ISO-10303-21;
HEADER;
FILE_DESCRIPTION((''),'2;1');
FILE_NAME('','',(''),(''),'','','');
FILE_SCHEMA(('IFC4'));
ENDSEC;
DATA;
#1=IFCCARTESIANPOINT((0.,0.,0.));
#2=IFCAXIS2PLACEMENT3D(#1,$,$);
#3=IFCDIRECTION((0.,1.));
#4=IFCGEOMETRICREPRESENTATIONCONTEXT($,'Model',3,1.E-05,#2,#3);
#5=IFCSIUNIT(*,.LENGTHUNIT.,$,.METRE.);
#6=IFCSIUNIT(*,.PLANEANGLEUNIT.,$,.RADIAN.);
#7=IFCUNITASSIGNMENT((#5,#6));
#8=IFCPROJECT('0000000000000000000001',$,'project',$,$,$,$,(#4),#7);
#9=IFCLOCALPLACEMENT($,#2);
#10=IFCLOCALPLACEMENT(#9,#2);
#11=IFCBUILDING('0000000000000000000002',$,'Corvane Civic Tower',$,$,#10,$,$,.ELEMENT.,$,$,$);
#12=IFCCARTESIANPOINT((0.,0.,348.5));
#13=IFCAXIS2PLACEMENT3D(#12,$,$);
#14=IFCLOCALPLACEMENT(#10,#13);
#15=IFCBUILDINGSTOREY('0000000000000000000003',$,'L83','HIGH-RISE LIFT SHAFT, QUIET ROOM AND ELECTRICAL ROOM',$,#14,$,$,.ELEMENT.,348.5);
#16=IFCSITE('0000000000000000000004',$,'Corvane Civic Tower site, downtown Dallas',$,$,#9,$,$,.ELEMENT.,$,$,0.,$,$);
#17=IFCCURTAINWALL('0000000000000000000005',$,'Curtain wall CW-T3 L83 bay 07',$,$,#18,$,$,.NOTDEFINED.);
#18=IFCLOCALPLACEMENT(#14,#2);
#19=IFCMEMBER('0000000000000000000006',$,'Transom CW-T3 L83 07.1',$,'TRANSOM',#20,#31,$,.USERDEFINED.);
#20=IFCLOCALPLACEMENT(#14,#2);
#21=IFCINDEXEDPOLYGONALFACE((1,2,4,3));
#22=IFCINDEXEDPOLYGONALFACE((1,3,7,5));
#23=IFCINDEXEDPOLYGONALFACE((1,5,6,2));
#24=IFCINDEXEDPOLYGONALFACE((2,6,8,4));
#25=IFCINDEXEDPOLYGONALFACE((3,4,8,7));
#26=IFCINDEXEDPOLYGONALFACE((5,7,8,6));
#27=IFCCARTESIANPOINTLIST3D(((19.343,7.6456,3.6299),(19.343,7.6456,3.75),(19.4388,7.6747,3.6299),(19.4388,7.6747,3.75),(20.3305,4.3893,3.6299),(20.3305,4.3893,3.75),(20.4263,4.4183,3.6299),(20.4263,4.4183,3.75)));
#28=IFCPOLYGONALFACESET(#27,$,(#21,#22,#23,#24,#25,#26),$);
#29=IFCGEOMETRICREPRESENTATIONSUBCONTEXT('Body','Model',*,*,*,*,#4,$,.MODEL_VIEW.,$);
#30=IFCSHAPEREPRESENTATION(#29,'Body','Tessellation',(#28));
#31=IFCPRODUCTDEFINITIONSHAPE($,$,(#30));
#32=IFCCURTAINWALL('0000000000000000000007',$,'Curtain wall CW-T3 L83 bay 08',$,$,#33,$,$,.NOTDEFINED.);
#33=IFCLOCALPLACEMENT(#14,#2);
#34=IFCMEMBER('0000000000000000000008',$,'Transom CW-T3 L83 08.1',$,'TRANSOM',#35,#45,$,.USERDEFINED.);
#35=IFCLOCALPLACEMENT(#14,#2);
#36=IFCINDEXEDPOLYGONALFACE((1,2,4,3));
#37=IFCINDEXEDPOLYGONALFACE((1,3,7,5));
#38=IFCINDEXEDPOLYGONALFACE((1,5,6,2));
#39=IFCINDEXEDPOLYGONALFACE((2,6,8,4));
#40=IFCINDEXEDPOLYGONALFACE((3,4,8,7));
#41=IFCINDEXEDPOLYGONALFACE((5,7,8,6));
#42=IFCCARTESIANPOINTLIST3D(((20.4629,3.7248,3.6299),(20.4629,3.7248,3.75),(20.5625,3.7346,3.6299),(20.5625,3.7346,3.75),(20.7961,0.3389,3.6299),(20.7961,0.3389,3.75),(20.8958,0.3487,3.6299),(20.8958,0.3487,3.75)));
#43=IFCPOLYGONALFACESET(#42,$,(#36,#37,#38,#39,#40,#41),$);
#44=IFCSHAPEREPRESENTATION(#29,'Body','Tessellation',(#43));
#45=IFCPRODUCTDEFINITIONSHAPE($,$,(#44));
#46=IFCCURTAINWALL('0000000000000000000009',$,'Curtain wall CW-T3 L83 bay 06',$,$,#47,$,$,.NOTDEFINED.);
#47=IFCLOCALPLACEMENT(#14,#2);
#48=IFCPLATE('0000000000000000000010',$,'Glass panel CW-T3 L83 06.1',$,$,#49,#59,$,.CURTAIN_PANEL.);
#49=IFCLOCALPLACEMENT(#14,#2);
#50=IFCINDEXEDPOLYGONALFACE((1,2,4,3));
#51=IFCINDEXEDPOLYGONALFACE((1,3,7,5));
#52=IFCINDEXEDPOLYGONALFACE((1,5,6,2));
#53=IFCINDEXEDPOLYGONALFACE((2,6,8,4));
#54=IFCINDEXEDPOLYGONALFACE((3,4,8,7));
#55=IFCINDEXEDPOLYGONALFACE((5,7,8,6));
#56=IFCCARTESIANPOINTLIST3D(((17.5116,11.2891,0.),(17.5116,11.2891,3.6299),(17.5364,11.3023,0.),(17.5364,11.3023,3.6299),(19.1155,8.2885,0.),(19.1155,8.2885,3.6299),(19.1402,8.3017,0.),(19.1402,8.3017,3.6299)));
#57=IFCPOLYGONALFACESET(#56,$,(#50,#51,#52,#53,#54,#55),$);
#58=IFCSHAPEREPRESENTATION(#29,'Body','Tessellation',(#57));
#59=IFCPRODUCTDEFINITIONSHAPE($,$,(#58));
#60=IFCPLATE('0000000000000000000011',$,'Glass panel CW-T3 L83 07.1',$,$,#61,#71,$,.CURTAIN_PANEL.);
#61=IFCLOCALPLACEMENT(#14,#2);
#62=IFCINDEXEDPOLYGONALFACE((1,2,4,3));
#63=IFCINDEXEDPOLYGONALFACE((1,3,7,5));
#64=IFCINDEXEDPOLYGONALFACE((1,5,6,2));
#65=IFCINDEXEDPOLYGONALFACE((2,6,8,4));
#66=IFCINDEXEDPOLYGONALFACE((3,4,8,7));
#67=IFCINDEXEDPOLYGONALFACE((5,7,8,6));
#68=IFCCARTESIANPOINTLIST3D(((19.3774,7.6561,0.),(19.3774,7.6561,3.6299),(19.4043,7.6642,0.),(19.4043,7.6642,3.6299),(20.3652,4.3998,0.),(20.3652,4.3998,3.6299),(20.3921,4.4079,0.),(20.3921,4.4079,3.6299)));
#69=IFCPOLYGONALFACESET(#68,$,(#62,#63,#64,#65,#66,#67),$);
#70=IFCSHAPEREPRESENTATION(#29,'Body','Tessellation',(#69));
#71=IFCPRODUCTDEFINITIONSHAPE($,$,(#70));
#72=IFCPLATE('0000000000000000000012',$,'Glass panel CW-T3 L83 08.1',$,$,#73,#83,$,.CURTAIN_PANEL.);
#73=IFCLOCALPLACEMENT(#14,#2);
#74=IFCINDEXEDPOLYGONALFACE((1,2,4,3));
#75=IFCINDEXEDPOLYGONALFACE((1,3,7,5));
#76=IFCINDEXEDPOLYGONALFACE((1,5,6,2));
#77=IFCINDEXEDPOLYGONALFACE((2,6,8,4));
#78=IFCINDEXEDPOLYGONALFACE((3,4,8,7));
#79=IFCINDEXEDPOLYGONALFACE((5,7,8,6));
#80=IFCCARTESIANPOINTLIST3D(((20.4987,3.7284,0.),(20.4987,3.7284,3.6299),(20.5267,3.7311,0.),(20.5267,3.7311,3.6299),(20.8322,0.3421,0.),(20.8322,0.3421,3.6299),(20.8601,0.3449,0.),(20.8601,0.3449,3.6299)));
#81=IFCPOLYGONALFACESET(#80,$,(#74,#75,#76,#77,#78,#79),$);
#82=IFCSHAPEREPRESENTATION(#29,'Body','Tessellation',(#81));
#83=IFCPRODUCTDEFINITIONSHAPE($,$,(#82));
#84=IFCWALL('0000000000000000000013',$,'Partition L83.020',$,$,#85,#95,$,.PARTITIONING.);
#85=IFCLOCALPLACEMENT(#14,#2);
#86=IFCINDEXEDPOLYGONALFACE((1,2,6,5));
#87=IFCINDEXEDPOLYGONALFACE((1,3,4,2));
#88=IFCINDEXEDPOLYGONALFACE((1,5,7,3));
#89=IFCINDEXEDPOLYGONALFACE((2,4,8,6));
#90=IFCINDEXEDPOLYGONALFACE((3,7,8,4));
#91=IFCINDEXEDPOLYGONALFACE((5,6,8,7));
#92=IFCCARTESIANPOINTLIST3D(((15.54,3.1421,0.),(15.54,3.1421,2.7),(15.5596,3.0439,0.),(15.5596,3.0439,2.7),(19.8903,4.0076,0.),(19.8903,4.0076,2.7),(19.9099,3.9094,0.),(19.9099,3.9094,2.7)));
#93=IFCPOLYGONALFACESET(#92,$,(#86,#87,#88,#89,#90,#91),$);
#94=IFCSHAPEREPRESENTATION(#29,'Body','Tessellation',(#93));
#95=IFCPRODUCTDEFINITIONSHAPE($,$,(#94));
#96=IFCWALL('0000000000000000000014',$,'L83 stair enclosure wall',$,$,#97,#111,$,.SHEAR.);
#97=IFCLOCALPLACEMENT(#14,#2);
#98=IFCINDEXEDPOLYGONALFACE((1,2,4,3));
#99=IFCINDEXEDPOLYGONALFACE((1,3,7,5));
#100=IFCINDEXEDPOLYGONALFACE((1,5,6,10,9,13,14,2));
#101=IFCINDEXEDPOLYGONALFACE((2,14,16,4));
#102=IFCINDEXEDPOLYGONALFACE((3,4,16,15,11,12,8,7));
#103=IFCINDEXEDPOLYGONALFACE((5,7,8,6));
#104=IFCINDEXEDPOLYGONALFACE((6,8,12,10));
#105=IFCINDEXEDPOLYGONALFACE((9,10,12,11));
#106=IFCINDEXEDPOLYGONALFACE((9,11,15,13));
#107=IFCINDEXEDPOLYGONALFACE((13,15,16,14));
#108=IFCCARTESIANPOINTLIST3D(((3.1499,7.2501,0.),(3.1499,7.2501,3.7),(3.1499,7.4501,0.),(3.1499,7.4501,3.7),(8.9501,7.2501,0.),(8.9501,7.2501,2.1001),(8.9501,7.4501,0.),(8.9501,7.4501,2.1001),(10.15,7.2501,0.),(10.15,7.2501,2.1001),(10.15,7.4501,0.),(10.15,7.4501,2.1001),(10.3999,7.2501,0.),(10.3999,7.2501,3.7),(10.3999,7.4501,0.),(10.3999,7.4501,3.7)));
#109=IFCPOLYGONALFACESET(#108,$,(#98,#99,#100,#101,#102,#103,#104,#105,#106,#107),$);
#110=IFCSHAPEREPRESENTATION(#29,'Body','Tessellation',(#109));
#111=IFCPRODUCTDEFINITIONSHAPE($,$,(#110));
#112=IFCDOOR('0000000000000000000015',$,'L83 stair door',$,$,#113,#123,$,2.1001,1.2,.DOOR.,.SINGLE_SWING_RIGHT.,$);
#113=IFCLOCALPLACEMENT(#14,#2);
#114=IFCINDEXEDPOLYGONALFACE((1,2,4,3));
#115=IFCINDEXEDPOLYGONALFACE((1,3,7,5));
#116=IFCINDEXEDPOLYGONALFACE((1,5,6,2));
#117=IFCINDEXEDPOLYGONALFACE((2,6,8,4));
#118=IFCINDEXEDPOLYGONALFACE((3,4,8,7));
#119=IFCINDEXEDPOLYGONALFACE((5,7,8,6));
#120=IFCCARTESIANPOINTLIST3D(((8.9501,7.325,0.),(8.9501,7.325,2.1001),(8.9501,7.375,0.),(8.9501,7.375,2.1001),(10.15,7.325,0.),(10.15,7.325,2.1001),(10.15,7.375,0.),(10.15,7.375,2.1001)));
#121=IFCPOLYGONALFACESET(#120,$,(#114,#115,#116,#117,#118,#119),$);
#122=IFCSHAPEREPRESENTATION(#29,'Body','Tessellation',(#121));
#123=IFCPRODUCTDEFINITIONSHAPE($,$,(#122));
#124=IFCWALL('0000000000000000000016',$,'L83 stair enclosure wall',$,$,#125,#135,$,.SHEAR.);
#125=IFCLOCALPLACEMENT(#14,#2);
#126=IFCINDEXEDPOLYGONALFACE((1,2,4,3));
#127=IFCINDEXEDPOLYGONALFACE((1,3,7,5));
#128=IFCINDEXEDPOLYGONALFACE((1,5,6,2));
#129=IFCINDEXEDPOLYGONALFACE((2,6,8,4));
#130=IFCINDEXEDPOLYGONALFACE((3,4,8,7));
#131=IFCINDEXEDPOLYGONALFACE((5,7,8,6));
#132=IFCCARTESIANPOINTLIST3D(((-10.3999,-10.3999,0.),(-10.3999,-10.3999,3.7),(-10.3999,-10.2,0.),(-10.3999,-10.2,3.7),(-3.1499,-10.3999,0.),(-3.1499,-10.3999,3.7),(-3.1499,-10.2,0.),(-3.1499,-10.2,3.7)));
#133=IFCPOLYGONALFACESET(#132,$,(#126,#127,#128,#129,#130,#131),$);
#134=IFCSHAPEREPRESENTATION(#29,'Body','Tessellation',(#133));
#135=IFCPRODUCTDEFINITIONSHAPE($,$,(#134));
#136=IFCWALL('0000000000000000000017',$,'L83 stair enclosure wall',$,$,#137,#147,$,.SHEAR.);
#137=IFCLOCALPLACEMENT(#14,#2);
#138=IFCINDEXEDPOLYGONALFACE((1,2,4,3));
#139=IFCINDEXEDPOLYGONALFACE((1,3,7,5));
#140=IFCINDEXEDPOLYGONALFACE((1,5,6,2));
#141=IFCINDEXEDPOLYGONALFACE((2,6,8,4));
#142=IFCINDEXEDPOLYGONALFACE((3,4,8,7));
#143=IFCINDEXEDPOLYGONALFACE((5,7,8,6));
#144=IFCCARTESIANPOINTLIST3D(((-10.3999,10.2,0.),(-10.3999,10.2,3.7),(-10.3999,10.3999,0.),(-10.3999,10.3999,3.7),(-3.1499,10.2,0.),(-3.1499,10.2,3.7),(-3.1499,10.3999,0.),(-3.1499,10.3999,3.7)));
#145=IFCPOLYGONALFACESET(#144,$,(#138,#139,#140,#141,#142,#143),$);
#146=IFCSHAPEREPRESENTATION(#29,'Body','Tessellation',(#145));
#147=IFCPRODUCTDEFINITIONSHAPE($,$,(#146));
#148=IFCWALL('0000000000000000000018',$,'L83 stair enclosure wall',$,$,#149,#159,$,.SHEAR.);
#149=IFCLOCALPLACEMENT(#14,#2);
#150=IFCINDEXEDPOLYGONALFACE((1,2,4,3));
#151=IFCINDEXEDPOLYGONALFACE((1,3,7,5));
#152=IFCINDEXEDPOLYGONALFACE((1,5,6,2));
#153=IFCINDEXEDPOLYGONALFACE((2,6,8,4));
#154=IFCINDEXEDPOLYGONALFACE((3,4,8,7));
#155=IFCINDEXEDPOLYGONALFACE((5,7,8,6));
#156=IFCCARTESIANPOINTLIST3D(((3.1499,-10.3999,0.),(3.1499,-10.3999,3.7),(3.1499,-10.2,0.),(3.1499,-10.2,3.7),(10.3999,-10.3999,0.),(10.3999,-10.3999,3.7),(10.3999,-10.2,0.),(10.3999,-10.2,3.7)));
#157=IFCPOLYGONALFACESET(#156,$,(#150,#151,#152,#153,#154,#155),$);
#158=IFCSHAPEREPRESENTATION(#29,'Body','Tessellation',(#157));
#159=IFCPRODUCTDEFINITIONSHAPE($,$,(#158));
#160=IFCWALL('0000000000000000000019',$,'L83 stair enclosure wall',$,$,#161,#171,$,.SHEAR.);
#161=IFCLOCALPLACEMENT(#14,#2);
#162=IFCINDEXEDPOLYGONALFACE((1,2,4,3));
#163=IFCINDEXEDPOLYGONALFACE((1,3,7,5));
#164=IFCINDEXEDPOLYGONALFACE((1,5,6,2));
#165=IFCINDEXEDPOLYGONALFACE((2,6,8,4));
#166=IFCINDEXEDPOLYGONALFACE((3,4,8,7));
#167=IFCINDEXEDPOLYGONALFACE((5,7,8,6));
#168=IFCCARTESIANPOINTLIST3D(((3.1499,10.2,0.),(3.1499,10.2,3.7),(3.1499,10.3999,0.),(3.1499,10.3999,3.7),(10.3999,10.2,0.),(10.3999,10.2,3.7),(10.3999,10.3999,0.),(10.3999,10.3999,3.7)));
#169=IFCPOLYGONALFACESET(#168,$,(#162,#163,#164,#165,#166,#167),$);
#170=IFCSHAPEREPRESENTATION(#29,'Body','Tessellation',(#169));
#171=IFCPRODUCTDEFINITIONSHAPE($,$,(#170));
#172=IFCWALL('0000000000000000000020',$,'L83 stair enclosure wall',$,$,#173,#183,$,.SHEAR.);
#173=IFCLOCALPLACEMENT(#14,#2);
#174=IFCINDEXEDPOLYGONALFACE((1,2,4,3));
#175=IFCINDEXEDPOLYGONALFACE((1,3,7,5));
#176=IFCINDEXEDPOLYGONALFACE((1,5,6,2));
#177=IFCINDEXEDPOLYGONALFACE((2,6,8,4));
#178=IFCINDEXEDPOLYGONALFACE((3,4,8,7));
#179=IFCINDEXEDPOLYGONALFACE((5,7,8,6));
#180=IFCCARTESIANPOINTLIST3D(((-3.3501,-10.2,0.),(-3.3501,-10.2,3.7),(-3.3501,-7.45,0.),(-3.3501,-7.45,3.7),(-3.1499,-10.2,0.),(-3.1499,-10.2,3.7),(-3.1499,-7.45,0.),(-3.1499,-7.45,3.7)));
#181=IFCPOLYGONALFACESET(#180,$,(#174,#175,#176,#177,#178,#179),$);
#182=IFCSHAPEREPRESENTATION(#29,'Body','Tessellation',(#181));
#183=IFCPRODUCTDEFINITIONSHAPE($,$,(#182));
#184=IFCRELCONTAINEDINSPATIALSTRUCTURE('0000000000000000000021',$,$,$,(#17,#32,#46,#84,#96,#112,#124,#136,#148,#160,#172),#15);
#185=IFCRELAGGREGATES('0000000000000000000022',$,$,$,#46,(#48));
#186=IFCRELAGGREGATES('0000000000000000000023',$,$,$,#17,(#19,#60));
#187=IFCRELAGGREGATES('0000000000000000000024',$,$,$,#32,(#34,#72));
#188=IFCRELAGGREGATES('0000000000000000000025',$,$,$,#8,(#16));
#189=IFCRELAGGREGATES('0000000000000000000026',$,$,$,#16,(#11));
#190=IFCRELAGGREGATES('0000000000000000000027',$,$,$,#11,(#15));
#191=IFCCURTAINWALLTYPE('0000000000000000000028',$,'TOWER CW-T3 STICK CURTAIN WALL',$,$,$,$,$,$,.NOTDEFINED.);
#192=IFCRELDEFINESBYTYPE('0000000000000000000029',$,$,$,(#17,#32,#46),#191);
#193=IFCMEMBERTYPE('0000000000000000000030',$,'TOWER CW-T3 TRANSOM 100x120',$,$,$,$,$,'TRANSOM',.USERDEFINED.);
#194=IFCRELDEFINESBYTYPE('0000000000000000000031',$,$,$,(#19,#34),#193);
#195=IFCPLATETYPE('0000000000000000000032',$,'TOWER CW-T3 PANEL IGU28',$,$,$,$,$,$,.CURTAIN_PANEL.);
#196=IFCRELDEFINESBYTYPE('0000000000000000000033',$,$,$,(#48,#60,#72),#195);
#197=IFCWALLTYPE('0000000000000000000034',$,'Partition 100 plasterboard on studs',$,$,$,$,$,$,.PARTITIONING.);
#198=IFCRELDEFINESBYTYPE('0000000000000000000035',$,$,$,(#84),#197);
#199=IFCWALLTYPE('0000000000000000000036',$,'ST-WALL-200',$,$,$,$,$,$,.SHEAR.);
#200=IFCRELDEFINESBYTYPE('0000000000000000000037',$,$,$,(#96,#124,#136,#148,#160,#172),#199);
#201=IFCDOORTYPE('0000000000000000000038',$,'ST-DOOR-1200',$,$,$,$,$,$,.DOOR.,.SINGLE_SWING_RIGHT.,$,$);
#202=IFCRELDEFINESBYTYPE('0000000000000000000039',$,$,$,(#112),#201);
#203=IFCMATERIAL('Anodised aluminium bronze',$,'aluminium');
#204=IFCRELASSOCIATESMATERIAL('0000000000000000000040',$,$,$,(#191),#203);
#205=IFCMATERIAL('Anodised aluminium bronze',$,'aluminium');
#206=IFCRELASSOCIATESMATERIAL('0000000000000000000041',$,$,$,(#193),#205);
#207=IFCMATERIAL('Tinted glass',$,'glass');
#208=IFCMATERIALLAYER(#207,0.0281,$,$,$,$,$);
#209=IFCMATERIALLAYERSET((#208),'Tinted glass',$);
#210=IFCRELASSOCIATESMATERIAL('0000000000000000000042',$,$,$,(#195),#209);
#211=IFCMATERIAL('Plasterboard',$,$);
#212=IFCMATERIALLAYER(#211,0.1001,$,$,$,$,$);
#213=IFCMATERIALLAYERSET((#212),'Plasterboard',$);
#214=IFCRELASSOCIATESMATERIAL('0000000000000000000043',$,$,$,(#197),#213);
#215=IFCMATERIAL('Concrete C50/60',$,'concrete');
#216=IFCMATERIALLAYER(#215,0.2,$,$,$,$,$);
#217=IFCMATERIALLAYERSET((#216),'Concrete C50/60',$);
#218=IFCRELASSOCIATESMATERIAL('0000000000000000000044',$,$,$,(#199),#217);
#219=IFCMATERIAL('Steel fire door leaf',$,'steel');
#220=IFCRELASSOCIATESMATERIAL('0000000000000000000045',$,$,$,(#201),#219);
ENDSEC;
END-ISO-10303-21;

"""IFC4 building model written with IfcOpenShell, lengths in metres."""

from ifc_helpers import new_model, si_unit, direction, frame, frame_2d, origin, origin_2d, place, context, subcontext, project, spatial, polyline, rectangle, outline, extrude, material, layer, layer_set, material_profile, profile_set, type_object, element, fill, aggregate, save


model = new_model("IFC4")

# Units and contexts
model_context = context("Model", 3, precision=1e-05, world=origin(), true_north=direction((0.0, 1.0)))
body_context = subcontext(model_context, "Body", "Model", "MODEL_VIEW")
ifc_project = project(units=[si_unit("LENGTHUNIT", "METRE"), si_unit("PLANEANGLEUNIT", "RADIAN")], contexts=[model_context])

# Site, building, storey
site_placement = place(None, origin())
site = spatial("IfcSite", under=ifc_project, at=site_placement, Name="Corvane Civic Tower site, downtown Dallas", CompositionType="ELEMENT", RefElevation=0.0)
building_placement = place(site_placement, origin())
building = spatial("IfcBuilding", under=site, at=building_placement, Name="Corvane Civic Tower", CompositionType="ELEMENT")
storey_placement = place(building_placement, frame((0.0, 0.0, 348.5)))
storey = spatial("IfcBuildingStorey", under=building, at=storey_placement, Name="L83", Description="HIGH-RISE LIFT SHAFT, QUIET ROOM AND ELECTRICAL ROOM", CompositionType="ELEMENT", Elevation=348.5)

# Curtain walls, members
ifc_material_1 = material(Name="Anodised aluminium bronze", Category="aluminium")
curtain_wall_type = type_object("IfcCurtainWallType", Name="TOWER CW-T3 STICK CURTAIN WALL", PredefinedType="NOTDEFINED", material=ifc_material_1)
curtain_wall_1_placement = place(storey_placement, origin())
curtain_wall_1 = element("IfcCurtainWall", 1, at=curtain_wall_1_placement, inside=storey, type_object=curtain_wall_type, Name="Curtain wall CW-T3 L83 bay 07", PredefinedType="NOTDEFINED")
ifc_material_2 = material(Name="Anodised aluminium bronze", Category="aluminium")
ifc_material_profile_1 = material_profile(ifc_material_2, rectangle(XDim=0.1001, YDim=0.1201, at=origin_2d()), Name="TOWER CW-T3 TRANSOM 100x120")
ifc_profile_set_1 = profile_set([ifc_material_profile_1], Name="Anodised aluminium bronze")
member_type = type_object("IfcMemberType", Name="TOWER CW-T3 TRANSOM 100x120", ElementType="TRANSOM", PredefinedType="USERDEFINED", material=ifc_profile_set_1)
member_1_placement = place(storey_placement, frame((19.3909, 7.6602, 3.6899), z_axis=(0.290216, -0.956961, 0.0), x_axis=(0.956961, 0.290216, 0.0)))
member_1 = element("IfcMember", 2, at=member_1_placement, type_object=member_type, Name="Transom CW-T3 L83 07.1", ObjectType="TRANSOM", PredefinedType="USERDEFINED", context=body_context, shape_type="SweptSolid", body=[
    extrude(rectangle(XDim=0.1001, YDim=0.1201, at=origin_2d()), origin(), (0.0, 0.0, 1.0), 3.4028),
])
curtain_wall_2_placement = place(storey_placement, origin())
curtain_wall_2 = element("IfcCurtainWall", 3, at=curtain_wall_2_placement, inside=storey, type_object=curtain_wall_type, Name="Curtain wall CW-T3 L83 bay 08", PredefinedType="NOTDEFINED")
member_2_placement = place(storey_placement, frame((20.5127, 3.7297, 3.6899), z_axis=(0.097948, -0.995192, 0.0), x_axis=(0.995192, 0.097948, 0.0)))
member_2 = element("IfcMember", 4, at=member_2_placement, type_object=member_type, Name="Transom CW-T3 L83 08.1", ObjectType="TRANSOM", PredefinedType="USERDEFINED", context=body_context, shape_type="SweptSolid", body=[
    extrude(rectangle(XDim=0.1001, YDim=0.1201, at=origin_2d()), origin(), (0.0, 0.0, 1.0), 3.4023),
])

# Curtain wall, plate
curtain_wall_3_placement = place(storey_placement, origin())
curtain_wall_3 = element("IfcCurtainWall", 5, at=curtain_wall_3_placement, inside=storey, type_object=curtain_wall_type, Name="Curtain wall CW-T3 L83 bay 06", PredefinedType="NOTDEFINED")
ifc_material_3 = material(Name="Tinted glass", Category="glass")
ifc_layer_1 = layer(ifc_material_3, 0.0281)
ifc_layer_set_1 = layer_set([ifc_layer_1], Name="Tinted glass")
plate_type = type_object("IfcPlateType", Name="TOWER CW-T3 PANEL IGU28", PredefinedType="CURTAIN_PANEL", material=ifc_layer_set_1)
plate_1_placement = place(storey_placement, frame((18.3259, 9.7954, 0.0), z_axis=(0.0, 0.0, 1.0), x_axis=(0.471384, -0.881928, 0.0)))
plate_1 = element("IfcPlate", 6, at=plate_1_placement, type_object=plate_type, Name="Glass panel CW-T3 L83 06.1", PredefinedType="CURTAIN_PANEL", context=body_context, shape_type="SweptSolid", body=[
    extrude(rectangle(XDim=3.4023, YDim=0.0281, at=origin_2d()), origin(), (0.0, 0.0, 1.0), 3.6299),
])
aggregate(curtain_wall_3, [plate_1])

# Plates
plate_2_placement = place(storey_placement, frame((19.8848, 6.032, 0.0), z_axis=(0.0, 0.0, 1.0), x_axis=(0.29029, -0.956939, 0.0)))
plate_2 = element("IfcPlate", 7, at=plate_2_placement, type_object=plate_type, Name="Glass panel CW-T3 L83 07.1", PredefinedType="CURTAIN_PANEL", context=body_context, shape_type="SweptSolid", body=[
    extrude(rectangle(XDim=3.4028, YDim=0.0281, at=origin_2d()), origin(), (0.0, 0.0, 1.0), 3.6299),
])
aggregate(curtain_wall_1, [member_1, plate_2])
plate_3_placement = place(storey_placement, frame((20.6794, 2.0366, 0.0), z_axis=(0.0, 0.0, 1.0), x_axis=(0.097998, -0.995187, 0.0)))
plate_3 = element("IfcPlate", 8, at=plate_3_placement, type_object=plate_type, Name="Glass panel CW-T3 L83 08.1", PredefinedType="CURTAIN_PANEL", context=body_context, shape_type="SweptSolid", body=[
    extrude(rectangle(XDim=3.4026, YDim=0.0281, at=origin_2d()), origin(), (0.0, 0.0, 1.0), 3.6299),
])
aggregate(curtain_wall_2, [member_2, plate_3])

# Wall
ifc_material_4 = material(Name="Plasterboard")
ifc_layer_2 = layer(ifc_material_4, 0.1001)
ifc_layer_set_2 = layer_set([ifc_layer_2], Name="Plasterboard")
wall_type_1 = type_object("IfcWallType", Name="Partition 100 plasterboard on studs", PredefinedType="PARTITIONING", material=ifc_layer_set_2)
wall_1_placement = place(storey_placement, frame((15.5498, 3.093, 0.0), z_axis=(0.0, 0.0, 1.0), x_axis=(0.980779, 0.195121, 0.0)))
element("IfcWall", 9, at=wall_1_placement, inside=storey, type_object=wall_type_1, Name="Partition L83.020", PredefinedType="PARTITIONING", context=body_context, shape_type="SweptSolid", body=[
    extrude(rectangle(XDim=4.4355, YDim=0.1001, at=frame_2d((2.2178, 0.0))), origin(), (0.0, 0.0, 1.0), 2.7),
])

# Wall, opening, door
ifc_material_5 = material(Name="Concrete C50/60", Category="concrete")
ifc_layer_3 = layer(ifc_material_5, 0.2)
ifc_layer_set_3 = layer_set([ifc_layer_3], Name="Concrete C50/60")
wall_type_2 = type_object("IfcWallType", Name="ST-WALL-200", PredefinedType="SHEAR", material=ifc_layer_set_3)
wall_2_placement = place(storey_placement, frame((3.1499, 7.3501, 0.0), z_axis=(0.0, 0.0, 1.0), x_axis=(1.0, 0.0, 0.0)))
wall_2 = element("IfcWall", 10, at=wall_2_placement, inside=storey, type_object=wall_type_2, Name="L83 stair enclosure wall", PredefinedType="SHEAR", context=body_context, shape_type="SweptSolid", body=[
    extrude(rectangle(XDim=7.25, YDim=0.2, at=frame_2d((3.625, 0.0))), origin(), (0.0, 0.0, 1.0), 3.7),
])
opening_1_placement = place(wall_2_placement, frame((5.8, 0.0, 0.0)))
opening_1 = element("IfcOpeningElement", 11, at=opening_1_placement, cuts=wall_2, PredefinedType="OPENING", context=body_context, shape_type="SweptSolid", body=[
    extrude(rectangle(XDim=1.2, YDim=2.1001, at=frame_2d((0.6001, 1.05))), frame((0.0, 0.1099, 0.0), z_axis=(0.0, -1.0, 0.0), x_axis=(1.0, 0.0, 0.0)), (0.0, 0.0, 1.0), 0.22),
])
ifc_material_6 = material(Name="Steel fire door leaf", Category="steel")
door_type_1 = type_object("IfcDoorType", Name="ST-DOOR-1200", OperationType="SINGLE_SWING_RIGHT", PredefinedType="DOOR", material=ifc_material_6)
door_1_placement = place(opening_1_placement, origin())
door_1 = element("IfcDoor", 12, at=door_1_placement, inside=storey, type_object=door_type_1, Name="L83 stair door", OperationType="SINGLE_SWING_RIGHT", OverallHeight=2.1001, OverallWidth=1.2, PredefinedType="DOOR", context=body_context, shape_type="SweptSolid", body=[
    extrude(rectangle(XDim=1.2, YDim=2.1001, at=frame_2d((0.6001, 1.05))), frame((0.0, 0.0249, 0.0), z_axis=(0.0, -1.0, 0.0), x_axis=(1.0, 0.0, 0.0)), (0.0, 0.0, 1.0), 0.05),
])
fill(opening_1, door_1)

# Walls
wall_3_placement = place(storey_placement, origin())
element("IfcWall", 13, at=wall_3_placement, inside=storey, type_object=wall_type_2, Name="L83 stair enclosure wall", PredefinedType="SHEAR", context=body_context, shape_type="SweptSolid", body=[
    extrude(outline(polyline([(-3.1499, -10.2), (-3.1499, -10.3999), (-10.3999, -10.3999), (-10.3999, -10.2), (-3.1499, -10.2)])), origin(), (0.0, 0.0, 1.0), 3.7),
])
wall_4_placement = place(storey_placement, origin())
element("IfcWall", 14, at=wall_4_placement, inside=storey, type_object=wall_type_2, Name="L83 stair enclosure wall", PredefinedType="SHEAR", context=body_context, shape_type="SweptSolid", body=[
    extrude(outline(polyline([(-3.1499, 10.2), (-10.3999, 10.2), (-10.3999, 10.3999), (-3.1499, 10.3999), (-3.1499, 10.2)])), origin(), (0.0, 0.0, 1.0), 3.7),
])
wall_5_placement = place(storey_placement, origin())
element("IfcWall", 15, at=wall_5_placement, inside=storey, type_object=wall_type_2, Name="L83 stair enclosure wall", PredefinedType="SHEAR", context=body_context, shape_type="SweptSolid", body=[
    extrude(outline(polyline([(10.3999, -10.3999), (3.1499, -10.3999), (3.1499, -10.2), (10.3999, -10.2), (10.3999, -10.3999)])), origin(), (0.0, 0.0, 1.0), 3.7),
])
wall_6_placement = place(storey_placement, origin())
element("IfcWall", 16, at=wall_6_placement, inside=storey, type_object=wall_type_2, Name="L83 stair enclosure wall", PredefinedType="SHEAR", context=body_context, shape_type="SweptSolid", body=[
    extrude(outline(polyline([(10.3999, 10.2), (3.1499, 10.2), (3.1499, 10.3999), (10.3999, 10.3999), (10.3999, 10.2)])), origin(), (0.0, 0.0, 1.0), 3.7),
])
wall_7_placement = place(storey_placement, origin())
element("IfcWall", 17, at=wall_7_placement, inside=storey, type_object=wall_type_2, Name="L83 stair enclosure wall", PredefinedType="SHEAR", context=body_context, shape_type="SweptSolid", body=[
    extrude(outline(polyline([(-3.1499, -7.45), (-3.1499, -10.2), (-3.3501, -10.2), (-3.3501, -7.45), (-3.1499, -7.45)])), origin(), (0.0, 0.0, 1.0), 3.7),
])

save(model, "model.ifc")
